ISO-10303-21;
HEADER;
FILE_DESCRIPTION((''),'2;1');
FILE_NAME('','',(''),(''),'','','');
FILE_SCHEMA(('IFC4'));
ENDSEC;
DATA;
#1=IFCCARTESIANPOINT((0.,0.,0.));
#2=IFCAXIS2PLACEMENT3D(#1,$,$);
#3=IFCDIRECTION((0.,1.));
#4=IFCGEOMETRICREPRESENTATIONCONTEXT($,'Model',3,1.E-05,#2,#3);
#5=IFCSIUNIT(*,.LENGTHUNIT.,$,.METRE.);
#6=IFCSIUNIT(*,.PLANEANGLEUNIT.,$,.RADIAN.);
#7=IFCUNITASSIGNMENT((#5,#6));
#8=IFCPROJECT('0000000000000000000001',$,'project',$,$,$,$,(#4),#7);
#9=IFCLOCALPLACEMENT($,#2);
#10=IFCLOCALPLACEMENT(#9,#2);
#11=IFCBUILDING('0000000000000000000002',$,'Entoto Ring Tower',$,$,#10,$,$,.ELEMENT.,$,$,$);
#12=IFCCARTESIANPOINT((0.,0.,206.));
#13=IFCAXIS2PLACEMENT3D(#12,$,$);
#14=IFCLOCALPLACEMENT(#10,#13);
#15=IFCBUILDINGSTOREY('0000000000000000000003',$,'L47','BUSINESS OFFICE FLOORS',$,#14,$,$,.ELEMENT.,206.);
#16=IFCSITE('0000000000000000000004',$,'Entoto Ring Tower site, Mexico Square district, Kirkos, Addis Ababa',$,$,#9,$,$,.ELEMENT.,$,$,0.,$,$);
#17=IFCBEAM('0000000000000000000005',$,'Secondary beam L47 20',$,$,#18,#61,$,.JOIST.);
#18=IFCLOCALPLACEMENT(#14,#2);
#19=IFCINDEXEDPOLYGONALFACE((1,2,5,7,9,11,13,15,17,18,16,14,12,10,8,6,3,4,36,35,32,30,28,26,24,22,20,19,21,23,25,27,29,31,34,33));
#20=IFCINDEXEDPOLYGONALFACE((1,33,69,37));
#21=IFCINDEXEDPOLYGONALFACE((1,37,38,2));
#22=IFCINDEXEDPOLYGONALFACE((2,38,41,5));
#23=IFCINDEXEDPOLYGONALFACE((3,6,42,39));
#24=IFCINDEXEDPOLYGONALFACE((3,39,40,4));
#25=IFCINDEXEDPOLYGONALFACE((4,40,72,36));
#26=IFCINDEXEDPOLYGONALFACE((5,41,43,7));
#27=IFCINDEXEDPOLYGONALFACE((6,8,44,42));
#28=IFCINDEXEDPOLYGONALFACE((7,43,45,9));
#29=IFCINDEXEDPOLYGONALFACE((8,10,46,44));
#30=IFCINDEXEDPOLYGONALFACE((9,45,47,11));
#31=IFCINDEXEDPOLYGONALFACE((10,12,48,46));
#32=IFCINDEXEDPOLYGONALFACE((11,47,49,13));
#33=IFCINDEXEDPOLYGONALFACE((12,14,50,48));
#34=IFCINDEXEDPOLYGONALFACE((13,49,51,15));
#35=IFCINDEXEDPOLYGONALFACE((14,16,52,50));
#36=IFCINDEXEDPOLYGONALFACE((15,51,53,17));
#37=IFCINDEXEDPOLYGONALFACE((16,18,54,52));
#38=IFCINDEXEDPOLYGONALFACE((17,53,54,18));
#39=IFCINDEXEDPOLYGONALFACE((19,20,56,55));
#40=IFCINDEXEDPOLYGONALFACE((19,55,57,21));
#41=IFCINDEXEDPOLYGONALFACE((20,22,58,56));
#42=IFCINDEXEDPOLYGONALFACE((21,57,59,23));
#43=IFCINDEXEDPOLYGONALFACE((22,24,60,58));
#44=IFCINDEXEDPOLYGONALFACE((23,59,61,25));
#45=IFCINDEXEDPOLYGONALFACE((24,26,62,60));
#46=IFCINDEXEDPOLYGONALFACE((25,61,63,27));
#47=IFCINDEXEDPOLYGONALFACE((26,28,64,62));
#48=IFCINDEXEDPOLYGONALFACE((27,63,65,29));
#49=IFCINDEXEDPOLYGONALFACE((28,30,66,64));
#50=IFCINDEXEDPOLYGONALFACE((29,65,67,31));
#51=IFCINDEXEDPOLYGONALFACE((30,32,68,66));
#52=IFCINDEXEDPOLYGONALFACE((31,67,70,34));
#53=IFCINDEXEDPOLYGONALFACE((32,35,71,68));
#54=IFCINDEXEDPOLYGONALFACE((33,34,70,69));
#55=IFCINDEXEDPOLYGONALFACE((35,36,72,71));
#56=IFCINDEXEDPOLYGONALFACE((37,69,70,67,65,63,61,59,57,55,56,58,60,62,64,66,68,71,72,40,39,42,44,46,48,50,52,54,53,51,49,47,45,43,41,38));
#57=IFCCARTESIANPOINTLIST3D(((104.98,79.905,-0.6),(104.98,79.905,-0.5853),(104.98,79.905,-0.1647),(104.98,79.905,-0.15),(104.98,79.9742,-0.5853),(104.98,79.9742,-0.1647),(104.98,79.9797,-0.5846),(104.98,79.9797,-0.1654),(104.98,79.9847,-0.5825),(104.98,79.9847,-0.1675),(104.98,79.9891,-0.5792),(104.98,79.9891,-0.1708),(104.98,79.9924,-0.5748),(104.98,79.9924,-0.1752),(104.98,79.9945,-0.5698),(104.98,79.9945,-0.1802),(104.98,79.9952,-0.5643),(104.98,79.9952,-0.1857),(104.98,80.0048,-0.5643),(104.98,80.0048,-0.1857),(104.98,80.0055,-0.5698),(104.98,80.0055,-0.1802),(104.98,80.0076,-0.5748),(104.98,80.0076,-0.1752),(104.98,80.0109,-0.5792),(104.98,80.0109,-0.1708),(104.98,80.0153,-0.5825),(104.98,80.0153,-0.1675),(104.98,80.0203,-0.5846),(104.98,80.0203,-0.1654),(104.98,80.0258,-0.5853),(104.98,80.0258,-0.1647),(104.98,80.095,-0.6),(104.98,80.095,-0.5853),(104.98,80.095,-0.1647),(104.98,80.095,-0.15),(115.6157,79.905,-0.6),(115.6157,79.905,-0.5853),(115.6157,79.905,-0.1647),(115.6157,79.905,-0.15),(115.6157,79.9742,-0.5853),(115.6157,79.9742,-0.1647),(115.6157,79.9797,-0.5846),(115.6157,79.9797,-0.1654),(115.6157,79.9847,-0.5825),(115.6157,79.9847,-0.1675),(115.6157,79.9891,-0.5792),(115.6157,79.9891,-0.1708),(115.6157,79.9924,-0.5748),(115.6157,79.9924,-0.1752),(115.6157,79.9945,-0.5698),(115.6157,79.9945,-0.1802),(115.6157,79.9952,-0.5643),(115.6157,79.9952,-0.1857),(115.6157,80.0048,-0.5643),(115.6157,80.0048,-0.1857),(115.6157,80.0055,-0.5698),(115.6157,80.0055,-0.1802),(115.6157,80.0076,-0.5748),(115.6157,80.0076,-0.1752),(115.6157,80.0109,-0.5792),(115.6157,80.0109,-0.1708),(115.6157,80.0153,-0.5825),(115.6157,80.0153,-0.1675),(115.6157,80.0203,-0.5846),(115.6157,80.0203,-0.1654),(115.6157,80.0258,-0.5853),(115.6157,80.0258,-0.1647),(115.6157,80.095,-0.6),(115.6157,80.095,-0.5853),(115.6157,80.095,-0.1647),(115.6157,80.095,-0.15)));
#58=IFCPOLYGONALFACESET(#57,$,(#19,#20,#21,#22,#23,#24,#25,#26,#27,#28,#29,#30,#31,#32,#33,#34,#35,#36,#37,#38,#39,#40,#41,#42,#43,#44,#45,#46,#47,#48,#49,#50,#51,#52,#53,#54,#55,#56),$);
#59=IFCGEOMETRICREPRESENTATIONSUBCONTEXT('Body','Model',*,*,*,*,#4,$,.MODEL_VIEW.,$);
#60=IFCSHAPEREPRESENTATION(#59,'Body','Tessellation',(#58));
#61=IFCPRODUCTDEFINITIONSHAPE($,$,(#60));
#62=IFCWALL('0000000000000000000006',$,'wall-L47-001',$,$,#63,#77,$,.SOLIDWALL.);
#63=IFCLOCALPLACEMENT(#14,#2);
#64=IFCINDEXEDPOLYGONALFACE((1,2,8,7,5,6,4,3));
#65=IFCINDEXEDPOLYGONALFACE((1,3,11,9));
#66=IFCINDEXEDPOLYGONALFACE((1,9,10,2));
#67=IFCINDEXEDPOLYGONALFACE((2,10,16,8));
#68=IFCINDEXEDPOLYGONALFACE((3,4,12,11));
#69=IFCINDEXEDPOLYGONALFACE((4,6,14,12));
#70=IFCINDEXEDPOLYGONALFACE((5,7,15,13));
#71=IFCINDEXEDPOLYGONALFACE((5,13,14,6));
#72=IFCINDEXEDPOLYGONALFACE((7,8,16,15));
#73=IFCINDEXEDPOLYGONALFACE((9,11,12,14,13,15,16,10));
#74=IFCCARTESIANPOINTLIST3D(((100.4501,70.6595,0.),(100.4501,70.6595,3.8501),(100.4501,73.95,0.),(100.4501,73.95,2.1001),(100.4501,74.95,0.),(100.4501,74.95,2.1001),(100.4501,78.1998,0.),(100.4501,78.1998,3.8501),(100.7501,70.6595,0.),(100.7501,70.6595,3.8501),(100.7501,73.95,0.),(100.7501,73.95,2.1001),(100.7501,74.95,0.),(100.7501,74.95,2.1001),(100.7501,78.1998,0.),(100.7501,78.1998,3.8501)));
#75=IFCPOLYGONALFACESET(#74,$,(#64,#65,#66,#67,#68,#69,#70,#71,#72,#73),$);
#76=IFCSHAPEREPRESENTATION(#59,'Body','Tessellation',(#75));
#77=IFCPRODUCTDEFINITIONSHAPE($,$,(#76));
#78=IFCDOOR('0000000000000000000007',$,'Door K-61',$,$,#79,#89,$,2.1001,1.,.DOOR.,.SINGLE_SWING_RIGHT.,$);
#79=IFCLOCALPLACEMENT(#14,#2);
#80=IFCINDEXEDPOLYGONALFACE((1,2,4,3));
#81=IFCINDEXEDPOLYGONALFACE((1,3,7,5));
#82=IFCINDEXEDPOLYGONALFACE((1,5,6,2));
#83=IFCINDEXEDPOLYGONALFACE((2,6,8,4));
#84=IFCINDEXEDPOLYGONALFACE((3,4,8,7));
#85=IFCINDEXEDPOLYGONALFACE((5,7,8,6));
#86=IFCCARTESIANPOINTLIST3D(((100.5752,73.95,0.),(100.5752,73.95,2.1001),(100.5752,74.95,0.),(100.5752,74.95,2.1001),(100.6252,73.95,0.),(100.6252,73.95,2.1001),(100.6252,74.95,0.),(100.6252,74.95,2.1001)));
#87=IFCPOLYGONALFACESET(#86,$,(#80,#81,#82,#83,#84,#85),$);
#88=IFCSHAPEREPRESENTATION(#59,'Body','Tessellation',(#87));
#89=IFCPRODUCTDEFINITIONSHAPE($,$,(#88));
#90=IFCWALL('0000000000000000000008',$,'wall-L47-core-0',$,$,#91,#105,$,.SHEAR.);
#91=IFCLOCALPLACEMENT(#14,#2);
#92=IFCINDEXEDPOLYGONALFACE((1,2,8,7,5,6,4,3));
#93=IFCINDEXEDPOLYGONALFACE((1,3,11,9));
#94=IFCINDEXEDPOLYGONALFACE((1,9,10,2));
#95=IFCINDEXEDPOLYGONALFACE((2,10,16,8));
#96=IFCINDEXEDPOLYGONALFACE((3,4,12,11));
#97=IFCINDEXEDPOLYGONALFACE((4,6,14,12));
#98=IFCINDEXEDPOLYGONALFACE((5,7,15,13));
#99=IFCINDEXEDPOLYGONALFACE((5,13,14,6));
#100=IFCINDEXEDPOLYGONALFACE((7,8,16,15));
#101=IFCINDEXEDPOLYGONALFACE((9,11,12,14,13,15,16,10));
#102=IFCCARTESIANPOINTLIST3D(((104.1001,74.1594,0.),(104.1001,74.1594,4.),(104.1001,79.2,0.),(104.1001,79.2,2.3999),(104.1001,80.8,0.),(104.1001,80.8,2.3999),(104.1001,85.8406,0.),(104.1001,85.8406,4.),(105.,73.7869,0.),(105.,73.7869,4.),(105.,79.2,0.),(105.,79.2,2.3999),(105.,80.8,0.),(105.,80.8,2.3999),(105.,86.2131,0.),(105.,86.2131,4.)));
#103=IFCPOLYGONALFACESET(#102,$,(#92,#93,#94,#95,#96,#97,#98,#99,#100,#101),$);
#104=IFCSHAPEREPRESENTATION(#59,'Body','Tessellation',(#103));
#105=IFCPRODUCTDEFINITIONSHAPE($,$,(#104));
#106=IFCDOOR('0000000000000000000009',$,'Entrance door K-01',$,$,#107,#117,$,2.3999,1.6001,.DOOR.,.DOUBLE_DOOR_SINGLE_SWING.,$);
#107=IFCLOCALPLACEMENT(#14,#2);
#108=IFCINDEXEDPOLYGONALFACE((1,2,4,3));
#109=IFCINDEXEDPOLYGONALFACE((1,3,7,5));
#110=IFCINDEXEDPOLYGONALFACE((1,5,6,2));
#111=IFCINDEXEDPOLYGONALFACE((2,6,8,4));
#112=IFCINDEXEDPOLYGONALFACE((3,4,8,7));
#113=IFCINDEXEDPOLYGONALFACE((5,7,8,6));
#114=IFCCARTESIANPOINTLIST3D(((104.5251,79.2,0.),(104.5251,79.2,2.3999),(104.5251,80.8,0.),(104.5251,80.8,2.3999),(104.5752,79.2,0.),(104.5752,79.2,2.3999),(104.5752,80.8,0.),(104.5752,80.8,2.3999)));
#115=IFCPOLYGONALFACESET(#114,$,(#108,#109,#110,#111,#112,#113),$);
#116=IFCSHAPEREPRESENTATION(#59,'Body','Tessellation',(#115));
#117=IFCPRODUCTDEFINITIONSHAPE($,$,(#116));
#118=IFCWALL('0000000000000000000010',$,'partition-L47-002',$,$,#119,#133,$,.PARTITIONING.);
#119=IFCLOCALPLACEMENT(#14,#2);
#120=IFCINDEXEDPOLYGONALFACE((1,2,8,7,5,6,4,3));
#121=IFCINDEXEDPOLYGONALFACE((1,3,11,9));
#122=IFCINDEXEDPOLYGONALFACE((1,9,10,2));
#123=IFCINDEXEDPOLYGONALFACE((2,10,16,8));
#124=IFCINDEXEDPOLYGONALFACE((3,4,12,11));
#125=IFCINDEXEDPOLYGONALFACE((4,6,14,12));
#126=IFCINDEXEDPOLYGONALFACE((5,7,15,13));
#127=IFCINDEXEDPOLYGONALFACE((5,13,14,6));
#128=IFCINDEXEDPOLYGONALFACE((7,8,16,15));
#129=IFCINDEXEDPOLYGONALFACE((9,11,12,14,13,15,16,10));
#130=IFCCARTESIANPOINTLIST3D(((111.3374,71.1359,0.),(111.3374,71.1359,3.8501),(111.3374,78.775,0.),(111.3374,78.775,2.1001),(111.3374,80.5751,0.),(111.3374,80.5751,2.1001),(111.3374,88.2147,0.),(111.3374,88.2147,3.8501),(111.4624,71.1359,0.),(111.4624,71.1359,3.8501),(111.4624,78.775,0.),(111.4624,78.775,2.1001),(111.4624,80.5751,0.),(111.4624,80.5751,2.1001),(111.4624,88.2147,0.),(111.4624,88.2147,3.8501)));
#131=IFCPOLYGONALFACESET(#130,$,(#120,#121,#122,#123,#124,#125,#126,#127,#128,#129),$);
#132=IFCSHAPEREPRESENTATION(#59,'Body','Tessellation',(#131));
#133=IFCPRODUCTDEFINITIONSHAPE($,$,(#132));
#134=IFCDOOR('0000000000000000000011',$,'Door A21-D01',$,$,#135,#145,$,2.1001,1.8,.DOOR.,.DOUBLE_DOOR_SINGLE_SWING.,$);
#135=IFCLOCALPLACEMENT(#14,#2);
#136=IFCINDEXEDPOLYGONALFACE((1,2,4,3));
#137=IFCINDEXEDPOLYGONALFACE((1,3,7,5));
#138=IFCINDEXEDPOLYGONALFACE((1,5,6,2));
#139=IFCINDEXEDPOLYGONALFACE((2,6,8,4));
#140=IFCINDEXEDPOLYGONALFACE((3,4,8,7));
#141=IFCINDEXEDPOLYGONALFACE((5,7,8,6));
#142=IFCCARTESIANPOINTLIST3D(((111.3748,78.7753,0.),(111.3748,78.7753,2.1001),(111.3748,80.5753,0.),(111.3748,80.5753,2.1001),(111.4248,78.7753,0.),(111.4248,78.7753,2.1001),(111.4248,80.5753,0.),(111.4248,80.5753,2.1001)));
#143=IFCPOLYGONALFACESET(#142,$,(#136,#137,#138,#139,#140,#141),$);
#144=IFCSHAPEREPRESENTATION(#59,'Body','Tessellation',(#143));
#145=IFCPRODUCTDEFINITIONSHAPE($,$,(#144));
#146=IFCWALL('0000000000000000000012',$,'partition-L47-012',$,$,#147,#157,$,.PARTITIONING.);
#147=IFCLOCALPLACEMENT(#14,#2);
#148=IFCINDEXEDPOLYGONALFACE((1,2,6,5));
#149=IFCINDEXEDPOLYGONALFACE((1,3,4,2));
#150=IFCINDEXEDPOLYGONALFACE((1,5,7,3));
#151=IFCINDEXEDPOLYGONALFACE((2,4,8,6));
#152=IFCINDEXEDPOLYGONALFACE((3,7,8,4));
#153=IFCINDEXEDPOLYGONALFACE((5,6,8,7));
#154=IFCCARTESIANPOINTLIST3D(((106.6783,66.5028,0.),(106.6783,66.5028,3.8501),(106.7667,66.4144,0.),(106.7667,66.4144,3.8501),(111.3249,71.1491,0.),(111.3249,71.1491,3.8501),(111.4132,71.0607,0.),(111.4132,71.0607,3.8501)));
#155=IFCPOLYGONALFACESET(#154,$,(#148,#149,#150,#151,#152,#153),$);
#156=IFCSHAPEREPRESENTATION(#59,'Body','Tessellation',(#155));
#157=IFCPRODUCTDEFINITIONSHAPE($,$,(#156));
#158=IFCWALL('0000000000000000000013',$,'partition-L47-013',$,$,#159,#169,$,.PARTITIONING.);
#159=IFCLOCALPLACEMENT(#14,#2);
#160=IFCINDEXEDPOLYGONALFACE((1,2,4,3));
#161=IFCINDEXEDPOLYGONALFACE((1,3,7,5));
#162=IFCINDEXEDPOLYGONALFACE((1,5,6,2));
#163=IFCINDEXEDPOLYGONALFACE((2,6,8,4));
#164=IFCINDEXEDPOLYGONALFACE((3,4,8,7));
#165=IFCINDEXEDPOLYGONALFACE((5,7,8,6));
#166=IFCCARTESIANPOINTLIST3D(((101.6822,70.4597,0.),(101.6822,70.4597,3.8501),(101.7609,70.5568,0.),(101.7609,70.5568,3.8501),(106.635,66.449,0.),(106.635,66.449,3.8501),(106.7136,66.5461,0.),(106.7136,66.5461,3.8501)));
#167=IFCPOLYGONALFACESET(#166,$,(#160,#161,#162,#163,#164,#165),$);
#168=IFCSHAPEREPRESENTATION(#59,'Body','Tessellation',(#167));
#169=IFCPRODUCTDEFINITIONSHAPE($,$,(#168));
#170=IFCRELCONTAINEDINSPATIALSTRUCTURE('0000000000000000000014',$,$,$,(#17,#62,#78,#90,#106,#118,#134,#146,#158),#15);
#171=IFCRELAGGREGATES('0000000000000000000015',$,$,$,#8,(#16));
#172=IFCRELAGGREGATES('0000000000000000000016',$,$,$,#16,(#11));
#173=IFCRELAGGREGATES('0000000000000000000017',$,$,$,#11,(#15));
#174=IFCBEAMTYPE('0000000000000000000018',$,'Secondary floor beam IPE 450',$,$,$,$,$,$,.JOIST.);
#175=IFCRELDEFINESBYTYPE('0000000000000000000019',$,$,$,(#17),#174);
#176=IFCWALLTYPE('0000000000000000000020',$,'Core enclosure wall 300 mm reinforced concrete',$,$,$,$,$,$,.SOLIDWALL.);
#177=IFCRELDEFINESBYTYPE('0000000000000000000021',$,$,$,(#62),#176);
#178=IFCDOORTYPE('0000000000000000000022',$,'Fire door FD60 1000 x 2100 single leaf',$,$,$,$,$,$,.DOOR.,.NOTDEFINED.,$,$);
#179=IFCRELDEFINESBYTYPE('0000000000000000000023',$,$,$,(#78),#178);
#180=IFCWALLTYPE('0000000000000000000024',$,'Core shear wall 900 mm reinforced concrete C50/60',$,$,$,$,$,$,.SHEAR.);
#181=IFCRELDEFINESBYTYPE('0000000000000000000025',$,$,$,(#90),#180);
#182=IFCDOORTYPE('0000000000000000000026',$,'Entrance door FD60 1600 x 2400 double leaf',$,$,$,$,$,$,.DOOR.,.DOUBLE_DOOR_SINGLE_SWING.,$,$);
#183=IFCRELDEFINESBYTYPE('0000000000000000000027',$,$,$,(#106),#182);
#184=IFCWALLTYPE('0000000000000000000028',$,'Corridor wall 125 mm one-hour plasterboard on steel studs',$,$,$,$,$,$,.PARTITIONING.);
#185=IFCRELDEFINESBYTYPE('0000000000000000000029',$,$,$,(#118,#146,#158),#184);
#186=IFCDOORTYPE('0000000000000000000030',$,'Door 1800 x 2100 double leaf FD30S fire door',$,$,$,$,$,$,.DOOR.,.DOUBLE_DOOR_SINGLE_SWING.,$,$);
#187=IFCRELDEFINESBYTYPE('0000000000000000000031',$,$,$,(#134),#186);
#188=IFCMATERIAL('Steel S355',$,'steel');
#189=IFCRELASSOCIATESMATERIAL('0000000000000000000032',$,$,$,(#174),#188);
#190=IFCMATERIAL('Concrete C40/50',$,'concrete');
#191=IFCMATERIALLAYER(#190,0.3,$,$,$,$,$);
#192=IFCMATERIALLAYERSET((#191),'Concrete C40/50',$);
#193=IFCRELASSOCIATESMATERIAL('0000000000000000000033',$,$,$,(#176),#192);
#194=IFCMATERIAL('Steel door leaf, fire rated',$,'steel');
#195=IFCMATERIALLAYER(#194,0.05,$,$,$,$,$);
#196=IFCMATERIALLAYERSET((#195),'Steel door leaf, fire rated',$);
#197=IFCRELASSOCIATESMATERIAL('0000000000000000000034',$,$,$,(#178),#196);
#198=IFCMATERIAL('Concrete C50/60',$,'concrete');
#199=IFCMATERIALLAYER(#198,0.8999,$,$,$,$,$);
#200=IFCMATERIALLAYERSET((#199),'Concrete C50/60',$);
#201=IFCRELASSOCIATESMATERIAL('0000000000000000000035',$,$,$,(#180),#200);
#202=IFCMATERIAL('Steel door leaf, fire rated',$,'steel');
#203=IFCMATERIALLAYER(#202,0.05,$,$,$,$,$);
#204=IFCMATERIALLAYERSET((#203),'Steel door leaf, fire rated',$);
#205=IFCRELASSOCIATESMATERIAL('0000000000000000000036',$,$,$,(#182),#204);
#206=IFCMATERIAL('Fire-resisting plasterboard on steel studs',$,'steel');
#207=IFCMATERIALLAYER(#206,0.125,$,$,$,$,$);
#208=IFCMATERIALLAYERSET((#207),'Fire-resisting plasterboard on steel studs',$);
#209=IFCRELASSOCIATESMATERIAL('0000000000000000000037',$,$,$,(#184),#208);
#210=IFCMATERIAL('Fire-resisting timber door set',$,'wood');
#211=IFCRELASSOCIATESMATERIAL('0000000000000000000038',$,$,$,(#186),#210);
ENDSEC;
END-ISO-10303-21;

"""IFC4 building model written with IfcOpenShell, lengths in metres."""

from ifc_helpers import new_model, si_unit, direction, frame, frame_2d, origin, origin_2d, place, context, subcontext, project, spatial, polyline, rectangle, i_section, outline, extrude, material, layer, layer_set, material_profile, profile_set, type_object, element, fill, save


model = new_model("IFC4")

# Units and contexts
model_context = context("Model", 3, precision=1e-05, world=origin(), true_north=direction((0.0, 1.0)))
body_context = subcontext(model_context, "Body", "Model", "MODEL_VIEW")
ifc_project = project(units=[si_unit("LENGTHUNIT", "METRE"), si_unit("PLANEANGLEUNIT", "RADIAN")], contexts=[model_context])

# Site, building, storey
site_placement = place(None, origin())
site = spatial("IfcSite", under=ifc_project, at=site_placement, Name="Entoto Ring Tower site, Mexico Square district, Kirkos, Addis Ababa", CompositionType="ELEMENT", RefElevation=0.0)
building_placement = place(site_placement, origin())
building = spatial("IfcBuilding", under=site, at=building_placement, Name="Entoto Ring Tower", CompositionType="ELEMENT")
storey_placement = place(building_placement, frame((0.0, 0.0, 206.0)))
storey = spatial("IfcBuildingStorey", under=building, at=storey_placement, Name="L47", Description="BUSINESS OFFICE FLOORS", CompositionType="ELEMENT", Elevation=206.0)

# Beam
ifc_material_1 = material(Name="Steel S355", Category="steel")
ifc_material_profile_1 = material_profile(ifc_material_1, i_section(OverallWidth=0.1899, OverallDepth=0.45, WebThickness=0.0095, FlangeThickness=0.0146, FilletRadius=0.021, at=origin_2d()), Name="IPE 450")
ifc_profile_set_1 = profile_set([ifc_material_profile_1], Name="Steel S355")
beam_type_1 = type_object("IfcBeamType", Name="Secondary floor beam IPE 450", PredefinedType="JOIST", material=ifc_profile_set_1)
beam_1_placement = place(storey_placement, frame((104.98, 80.0, -0.375), z_axis=(1.0, 0.0, 0.0), x_axis=(0.0, 1.0, 0.0)))
element("IfcBeam", 1, at=beam_1_placement, inside=storey, type_object=beam_type_1, Name="Secondary beam L47 20", PredefinedType="JOIST", context=body_context, shape_type="SweptSolid", body=[
    extrude(i_section(OverallWidth=0.1899, OverallDepth=0.45, WebThickness=0.0095, FlangeThickness=0.0146, FilletRadius=0.021, at=origin_2d()), origin(), (0.0, 0.0, 1.0), 10.6357),
])

# Walls, openings, doors
ifc_material_2 = material(Name="Concrete C40/50", Category="concrete")
ifc_layer_1 = layer(ifc_material_2, 0.3)
ifc_layer_set_1 = layer_set([ifc_layer_1], Name="Concrete C40/50")
wall_type_1 = type_object("IfcWallType", Name="Core enclosure wall 300 mm reinforced concrete", PredefinedType="SOLIDWALL", material=ifc_layer_set_1)
wall_1_placement = place(storey_placement, frame((100.6001, 70.6597, 0.0), z_axis=(0.0, 0.0, 1.0), x_axis=(0.0, 1.0, 0.0)))
wall_1 = element("IfcWall", 2, at=wall_1_placement, inside=storey, type_object=wall_type_1, Name="wall-L47-001", PredefinedType="SOLIDWALL", context=body_context, shape_type="SweptSolid", body=[
    extrude(rectangle(XDim=7.5403, YDim=0.3, at=frame_2d((3.77, 0.0))), origin(), (0.0, 0.0, 1.0), 3.8501),
])
opening_1_placement = place(wall_1_placement, frame((3.2903, 0.0, 0.0)))
opening_1 = element("IfcOpeningElement", 3, at=opening_1_placement, cuts=wall_1, PredefinedType="OPENING", context=body_context, shape_type="SweptSolid", body=[
    extrude(rectangle(XDim=1.0, YDim=2.1001, at=frame_2d((0.5, 1.05))), frame((0.0, 0.1602, 0.0), z_axis=(0.0, -1.0, 0.0), x_axis=(1.0, 0.0, 0.0)), (0.0, 0.0, 1.0), 0.3201),
])
ifc_material_3 = material(Name="Steel door leaf, fire rated", Category="steel")
ifc_layer_2 = layer(ifc_material_3, 0.05)
ifc_layer_set_2 = layer_set([ifc_layer_2], Name="Steel door leaf, fire rated")
door_type_1 = type_object("IfcDoorType", Name="Fire door FD60 1000 x 2100 single leaf", OperationType="NOTDEFINED", PredefinedType="DOOR", material=ifc_layer_set_2)
door_1_placement = place(opening_1_placement, origin())
door_1 = element("IfcDoor", 4, at=door_1_placement, inside=storey, type_object=door_type_1, Name="Door K-61", OperationType="SINGLE_SWING_RIGHT", OverallHeight=2.1001, OverallWidth=1.0, PredefinedType="DOOR", context=body_context, shape_type="SweptSolid", body=[
    extrude(rectangle(XDim=1.0, YDim=2.1001, at=frame_2d((0.5, 1.05))), frame((0.0, 0.0249, 0.0), z_axis=(0.0, -1.0, 0.0), x_axis=(1.0, 0.0, 0.0)), (0.0, 0.0, 1.0), 0.05),
])
fill(opening_1, door_1)
ifc_material_4 = material(Name="Concrete C50/60", Category="concrete")
ifc_layer_3 = layer(ifc_material_4, 0.8999)
ifc_layer_set_3 = layer_set([ifc_layer_3], Name="Concrete C50/60")
wall_type_2 = type_object("IfcWallType", Name="Core shear wall 900 mm reinforced concrete C50/60", PredefinedType="SHEAR", material=ifc_layer_set_3)
wall_2_placement = place(storey_placement, frame((104.55, 73.9731, 0.0), z_axis=(0.0, 0.0, 1.0), x_axis=(0.0, 1.0, 0.0)))
wall_2 = element("IfcWall", 5, at=wall_2_placement, inside=storey, type_object=wall_type_2, Name="wall-L47-core-0", PredefinedType="SHEAR", context=body_context, shape_type="SweptSolid", body=[
    extrude(outline(polyline([(-0.1863, -0.45), (12.24, -0.45), (11.8674, 0.45), (0.1863, 0.45), (-0.1863, -0.45)])), origin(), (0.0, 0.0, 1.0), 4.0),
])
opening_2_placement = place(wall_2_placement, frame((5.2268, 0.0, 0.0)))
opening_2 = element("IfcOpeningElement", 6, at=opening_2_placement, cuts=wall_2, PredefinedType="OPENING", context=body_context, shape_type="SweptSolid", body=[
    extrude(rectangle(XDim=1.6001, YDim=2.3999, at=frame_2d((0.8, 1.2))), frame((0.0, 0.46, 0.0), z_axis=(0.0, -1.0, 0.0), x_axis=(1.0, 0.0, 0.0)), (0.0, 0.0, 1.0), 0.9199),
])
ifc_material_5 = material(Name="Steel door leaf, fire rated", Category="steel")
ifc_layer_4 = layer(ifc_material_5, 0.05)
ifc_layer_set_4 = layer_set([ifc_layer_4], Name="Steel door leaf, fire rated")
door_type_2 = type_object("IfcDoorType", Name="Entrance door FD60 1600 x 2400 double leaf", OperationType="DOUBLE_DOOR_SINGLE_SWING", PredefinedType="DOOR", material=ifc_layer_set_4)
door_2_placement = place(opening_2_placement, origin())
door_2 = element("IfcDoor", 7, at=door_2_placement, inside=storey, type_object=door_type_2, Name="Entrance door K-01", OperationType="DOUBLE_DOOR_SINGLE_SWING", OverallHeight=2.3999, OverallWidth=1.6001, PredefinedType="DOOR", context=body_context, shape_type="SweptSolid", body=[
    extrude(rectangle(XDim=1.6001, YDim=2.3999, at=frame_2d((0.8, 1.2))), frame((0.0, 0.0249, 0.0), z_axis=(0.0, -1.0, 0.0), x_axis=(1.0, 0.0, 0.0)), (0.0, 0.0, 1.0), 0.05),
])
fill(opening_2, door_2)
ifc_material_6 = material(Name="Fire-resisting plasterboard on steel studs", Category="steel")
ifc_layer_5 = layer(ifc_material_6, 0.125)
ifc_layer_set_5 = layer_set([ifc_layer_5], Name="Fire-resisting plasterboard on steel studs")
wall_type_3 = type_object("IfcWallType", Name="Corridor wall 125 mm one-hour plasterboard on steel studs", PredefinedType="PARTITIONING", material=ifc_layer_set_5)
wall_3_placement = place(storey_placement, frame((111.3999, 71.1357, 0.0), z_axis=(0.0, 0.0, 1.0), x_axis=(0.0, 1.0, 0.0)))
wall_3 = element("IfcWall", 8, at=wall_3_placement, inside=storey, type_object=wall_type_3, Name="partition-L47-002", PredefinedType="PARTITIONING", context=body_context, shape_type="SweptSolid", body=[
    extrude(rectangle(XDim=17.0789, YDim=0.125, at=frame_2d((8.5396, 0.0))), origin(), (0.0, 0.0, 1.0), 3.8501),
])
opening_3_placement = place(wall_3_placement, frame((7.6394, 0.0, 0.0)))
opening_3 = element("IfcOpeningElement", 9, at=opening_3_placement, cuts=wall_3, PredefinedType="OPENING", context=body_context, shape_type="SweptSolid", body=[
    extrude(rectangle(XDim=1.8, YDim=2.1001, at=frame_2d((0.8999, 1.05))), frame((0.0, 0.0725, 0.0), z_axis=(0.0, -1.0, 0.0), x_axis=(1.0, 0.0, 0.0)), (0.0, 0.0, 1.0), 0.145),
])
ifc_material_7 = material(Name="Fire-resisting timber door set", Category="wood")
door_type_3 = type_object("IfcDoorType", Name="Door 1800 x 2100 double leaf FD30S fire door", OperationType="DOUBLE_DOOR_SINGLE_SWING", PredefinedType="DOOR", material=ifc_material_7)
door_3_placement = place(opening_3_placement, frame((1.8, 0.0, 0.0), z_axis=(0.0, 0.0, 1.0), x_axis=(-1.0, 0.0, 0.0)))
door_3 = element("IfcDoor", 10, at=door_3_placement, inside=storey, type_object=door_type_3, Name="Door A21-D01", OperationType="DOUBLE_DOOR_SINGLE_SWING", OverallHeight=2.1001, OverallWidth=1.8, PredefinedType="DOOR", context=body_context, shape_type="SweptSolid", body=[
    extrude(rectangle(XDim=1.8, YDim=2.1001, at=frame_2d((0.8999, 1.05))), frame((0.0, 0.0249, 0.0), z_axis=(0.0, -1.0, 0.0), x_axis=(1.0, 0.0, 0.0)), (0.0, 0.0, 1.0), 0.05),
])
fill(opening_3, door_3)

# Walls
wall_4_placement = place(storey_placement, frame((106.7224, 66.4585, 0.0), z_axis=(0.0, 0.0, 1.0), x_axis=(0.707125, 0.707088, 0.0)))
element("IfcWall", 11, at=wall_4_placement, inside=storey, type_object=wall_type_3, Name="partition-L47-012", PredefinedType="PARTITIONING", context=body_context, shape_type="SweptSolid", body=[
    extrude(rectangle(XDim=6.571, YDim=0.125, at=frame_2d((3.2856, 0.0))), origin(), (0.0, 0.0, 1.0), 3.8501),
])
wall_5_placement = place(storey_placement, frame((106.6743, 66.4976, 0.0), z_axis=(0.0, 0.0, 1.0), x_axis=(-0.777148, 0.629318, 0.0)))
element("IfcWall", 12, at=wall_5_placement, inside=storey, type_object=wall_type_3, Name="partition-L47-013", PredefinedType="PARTITIONING", context=body_context, shape_type="SweptSolid", body=[
    extrude(rectangle(XDim=6.373, YDim=0.125, at=frame_2d((3.1865, 0.0))), origin(), (0.0, 0.0, 1.0), 3.8501),
])

save(model, "model.ifc")
